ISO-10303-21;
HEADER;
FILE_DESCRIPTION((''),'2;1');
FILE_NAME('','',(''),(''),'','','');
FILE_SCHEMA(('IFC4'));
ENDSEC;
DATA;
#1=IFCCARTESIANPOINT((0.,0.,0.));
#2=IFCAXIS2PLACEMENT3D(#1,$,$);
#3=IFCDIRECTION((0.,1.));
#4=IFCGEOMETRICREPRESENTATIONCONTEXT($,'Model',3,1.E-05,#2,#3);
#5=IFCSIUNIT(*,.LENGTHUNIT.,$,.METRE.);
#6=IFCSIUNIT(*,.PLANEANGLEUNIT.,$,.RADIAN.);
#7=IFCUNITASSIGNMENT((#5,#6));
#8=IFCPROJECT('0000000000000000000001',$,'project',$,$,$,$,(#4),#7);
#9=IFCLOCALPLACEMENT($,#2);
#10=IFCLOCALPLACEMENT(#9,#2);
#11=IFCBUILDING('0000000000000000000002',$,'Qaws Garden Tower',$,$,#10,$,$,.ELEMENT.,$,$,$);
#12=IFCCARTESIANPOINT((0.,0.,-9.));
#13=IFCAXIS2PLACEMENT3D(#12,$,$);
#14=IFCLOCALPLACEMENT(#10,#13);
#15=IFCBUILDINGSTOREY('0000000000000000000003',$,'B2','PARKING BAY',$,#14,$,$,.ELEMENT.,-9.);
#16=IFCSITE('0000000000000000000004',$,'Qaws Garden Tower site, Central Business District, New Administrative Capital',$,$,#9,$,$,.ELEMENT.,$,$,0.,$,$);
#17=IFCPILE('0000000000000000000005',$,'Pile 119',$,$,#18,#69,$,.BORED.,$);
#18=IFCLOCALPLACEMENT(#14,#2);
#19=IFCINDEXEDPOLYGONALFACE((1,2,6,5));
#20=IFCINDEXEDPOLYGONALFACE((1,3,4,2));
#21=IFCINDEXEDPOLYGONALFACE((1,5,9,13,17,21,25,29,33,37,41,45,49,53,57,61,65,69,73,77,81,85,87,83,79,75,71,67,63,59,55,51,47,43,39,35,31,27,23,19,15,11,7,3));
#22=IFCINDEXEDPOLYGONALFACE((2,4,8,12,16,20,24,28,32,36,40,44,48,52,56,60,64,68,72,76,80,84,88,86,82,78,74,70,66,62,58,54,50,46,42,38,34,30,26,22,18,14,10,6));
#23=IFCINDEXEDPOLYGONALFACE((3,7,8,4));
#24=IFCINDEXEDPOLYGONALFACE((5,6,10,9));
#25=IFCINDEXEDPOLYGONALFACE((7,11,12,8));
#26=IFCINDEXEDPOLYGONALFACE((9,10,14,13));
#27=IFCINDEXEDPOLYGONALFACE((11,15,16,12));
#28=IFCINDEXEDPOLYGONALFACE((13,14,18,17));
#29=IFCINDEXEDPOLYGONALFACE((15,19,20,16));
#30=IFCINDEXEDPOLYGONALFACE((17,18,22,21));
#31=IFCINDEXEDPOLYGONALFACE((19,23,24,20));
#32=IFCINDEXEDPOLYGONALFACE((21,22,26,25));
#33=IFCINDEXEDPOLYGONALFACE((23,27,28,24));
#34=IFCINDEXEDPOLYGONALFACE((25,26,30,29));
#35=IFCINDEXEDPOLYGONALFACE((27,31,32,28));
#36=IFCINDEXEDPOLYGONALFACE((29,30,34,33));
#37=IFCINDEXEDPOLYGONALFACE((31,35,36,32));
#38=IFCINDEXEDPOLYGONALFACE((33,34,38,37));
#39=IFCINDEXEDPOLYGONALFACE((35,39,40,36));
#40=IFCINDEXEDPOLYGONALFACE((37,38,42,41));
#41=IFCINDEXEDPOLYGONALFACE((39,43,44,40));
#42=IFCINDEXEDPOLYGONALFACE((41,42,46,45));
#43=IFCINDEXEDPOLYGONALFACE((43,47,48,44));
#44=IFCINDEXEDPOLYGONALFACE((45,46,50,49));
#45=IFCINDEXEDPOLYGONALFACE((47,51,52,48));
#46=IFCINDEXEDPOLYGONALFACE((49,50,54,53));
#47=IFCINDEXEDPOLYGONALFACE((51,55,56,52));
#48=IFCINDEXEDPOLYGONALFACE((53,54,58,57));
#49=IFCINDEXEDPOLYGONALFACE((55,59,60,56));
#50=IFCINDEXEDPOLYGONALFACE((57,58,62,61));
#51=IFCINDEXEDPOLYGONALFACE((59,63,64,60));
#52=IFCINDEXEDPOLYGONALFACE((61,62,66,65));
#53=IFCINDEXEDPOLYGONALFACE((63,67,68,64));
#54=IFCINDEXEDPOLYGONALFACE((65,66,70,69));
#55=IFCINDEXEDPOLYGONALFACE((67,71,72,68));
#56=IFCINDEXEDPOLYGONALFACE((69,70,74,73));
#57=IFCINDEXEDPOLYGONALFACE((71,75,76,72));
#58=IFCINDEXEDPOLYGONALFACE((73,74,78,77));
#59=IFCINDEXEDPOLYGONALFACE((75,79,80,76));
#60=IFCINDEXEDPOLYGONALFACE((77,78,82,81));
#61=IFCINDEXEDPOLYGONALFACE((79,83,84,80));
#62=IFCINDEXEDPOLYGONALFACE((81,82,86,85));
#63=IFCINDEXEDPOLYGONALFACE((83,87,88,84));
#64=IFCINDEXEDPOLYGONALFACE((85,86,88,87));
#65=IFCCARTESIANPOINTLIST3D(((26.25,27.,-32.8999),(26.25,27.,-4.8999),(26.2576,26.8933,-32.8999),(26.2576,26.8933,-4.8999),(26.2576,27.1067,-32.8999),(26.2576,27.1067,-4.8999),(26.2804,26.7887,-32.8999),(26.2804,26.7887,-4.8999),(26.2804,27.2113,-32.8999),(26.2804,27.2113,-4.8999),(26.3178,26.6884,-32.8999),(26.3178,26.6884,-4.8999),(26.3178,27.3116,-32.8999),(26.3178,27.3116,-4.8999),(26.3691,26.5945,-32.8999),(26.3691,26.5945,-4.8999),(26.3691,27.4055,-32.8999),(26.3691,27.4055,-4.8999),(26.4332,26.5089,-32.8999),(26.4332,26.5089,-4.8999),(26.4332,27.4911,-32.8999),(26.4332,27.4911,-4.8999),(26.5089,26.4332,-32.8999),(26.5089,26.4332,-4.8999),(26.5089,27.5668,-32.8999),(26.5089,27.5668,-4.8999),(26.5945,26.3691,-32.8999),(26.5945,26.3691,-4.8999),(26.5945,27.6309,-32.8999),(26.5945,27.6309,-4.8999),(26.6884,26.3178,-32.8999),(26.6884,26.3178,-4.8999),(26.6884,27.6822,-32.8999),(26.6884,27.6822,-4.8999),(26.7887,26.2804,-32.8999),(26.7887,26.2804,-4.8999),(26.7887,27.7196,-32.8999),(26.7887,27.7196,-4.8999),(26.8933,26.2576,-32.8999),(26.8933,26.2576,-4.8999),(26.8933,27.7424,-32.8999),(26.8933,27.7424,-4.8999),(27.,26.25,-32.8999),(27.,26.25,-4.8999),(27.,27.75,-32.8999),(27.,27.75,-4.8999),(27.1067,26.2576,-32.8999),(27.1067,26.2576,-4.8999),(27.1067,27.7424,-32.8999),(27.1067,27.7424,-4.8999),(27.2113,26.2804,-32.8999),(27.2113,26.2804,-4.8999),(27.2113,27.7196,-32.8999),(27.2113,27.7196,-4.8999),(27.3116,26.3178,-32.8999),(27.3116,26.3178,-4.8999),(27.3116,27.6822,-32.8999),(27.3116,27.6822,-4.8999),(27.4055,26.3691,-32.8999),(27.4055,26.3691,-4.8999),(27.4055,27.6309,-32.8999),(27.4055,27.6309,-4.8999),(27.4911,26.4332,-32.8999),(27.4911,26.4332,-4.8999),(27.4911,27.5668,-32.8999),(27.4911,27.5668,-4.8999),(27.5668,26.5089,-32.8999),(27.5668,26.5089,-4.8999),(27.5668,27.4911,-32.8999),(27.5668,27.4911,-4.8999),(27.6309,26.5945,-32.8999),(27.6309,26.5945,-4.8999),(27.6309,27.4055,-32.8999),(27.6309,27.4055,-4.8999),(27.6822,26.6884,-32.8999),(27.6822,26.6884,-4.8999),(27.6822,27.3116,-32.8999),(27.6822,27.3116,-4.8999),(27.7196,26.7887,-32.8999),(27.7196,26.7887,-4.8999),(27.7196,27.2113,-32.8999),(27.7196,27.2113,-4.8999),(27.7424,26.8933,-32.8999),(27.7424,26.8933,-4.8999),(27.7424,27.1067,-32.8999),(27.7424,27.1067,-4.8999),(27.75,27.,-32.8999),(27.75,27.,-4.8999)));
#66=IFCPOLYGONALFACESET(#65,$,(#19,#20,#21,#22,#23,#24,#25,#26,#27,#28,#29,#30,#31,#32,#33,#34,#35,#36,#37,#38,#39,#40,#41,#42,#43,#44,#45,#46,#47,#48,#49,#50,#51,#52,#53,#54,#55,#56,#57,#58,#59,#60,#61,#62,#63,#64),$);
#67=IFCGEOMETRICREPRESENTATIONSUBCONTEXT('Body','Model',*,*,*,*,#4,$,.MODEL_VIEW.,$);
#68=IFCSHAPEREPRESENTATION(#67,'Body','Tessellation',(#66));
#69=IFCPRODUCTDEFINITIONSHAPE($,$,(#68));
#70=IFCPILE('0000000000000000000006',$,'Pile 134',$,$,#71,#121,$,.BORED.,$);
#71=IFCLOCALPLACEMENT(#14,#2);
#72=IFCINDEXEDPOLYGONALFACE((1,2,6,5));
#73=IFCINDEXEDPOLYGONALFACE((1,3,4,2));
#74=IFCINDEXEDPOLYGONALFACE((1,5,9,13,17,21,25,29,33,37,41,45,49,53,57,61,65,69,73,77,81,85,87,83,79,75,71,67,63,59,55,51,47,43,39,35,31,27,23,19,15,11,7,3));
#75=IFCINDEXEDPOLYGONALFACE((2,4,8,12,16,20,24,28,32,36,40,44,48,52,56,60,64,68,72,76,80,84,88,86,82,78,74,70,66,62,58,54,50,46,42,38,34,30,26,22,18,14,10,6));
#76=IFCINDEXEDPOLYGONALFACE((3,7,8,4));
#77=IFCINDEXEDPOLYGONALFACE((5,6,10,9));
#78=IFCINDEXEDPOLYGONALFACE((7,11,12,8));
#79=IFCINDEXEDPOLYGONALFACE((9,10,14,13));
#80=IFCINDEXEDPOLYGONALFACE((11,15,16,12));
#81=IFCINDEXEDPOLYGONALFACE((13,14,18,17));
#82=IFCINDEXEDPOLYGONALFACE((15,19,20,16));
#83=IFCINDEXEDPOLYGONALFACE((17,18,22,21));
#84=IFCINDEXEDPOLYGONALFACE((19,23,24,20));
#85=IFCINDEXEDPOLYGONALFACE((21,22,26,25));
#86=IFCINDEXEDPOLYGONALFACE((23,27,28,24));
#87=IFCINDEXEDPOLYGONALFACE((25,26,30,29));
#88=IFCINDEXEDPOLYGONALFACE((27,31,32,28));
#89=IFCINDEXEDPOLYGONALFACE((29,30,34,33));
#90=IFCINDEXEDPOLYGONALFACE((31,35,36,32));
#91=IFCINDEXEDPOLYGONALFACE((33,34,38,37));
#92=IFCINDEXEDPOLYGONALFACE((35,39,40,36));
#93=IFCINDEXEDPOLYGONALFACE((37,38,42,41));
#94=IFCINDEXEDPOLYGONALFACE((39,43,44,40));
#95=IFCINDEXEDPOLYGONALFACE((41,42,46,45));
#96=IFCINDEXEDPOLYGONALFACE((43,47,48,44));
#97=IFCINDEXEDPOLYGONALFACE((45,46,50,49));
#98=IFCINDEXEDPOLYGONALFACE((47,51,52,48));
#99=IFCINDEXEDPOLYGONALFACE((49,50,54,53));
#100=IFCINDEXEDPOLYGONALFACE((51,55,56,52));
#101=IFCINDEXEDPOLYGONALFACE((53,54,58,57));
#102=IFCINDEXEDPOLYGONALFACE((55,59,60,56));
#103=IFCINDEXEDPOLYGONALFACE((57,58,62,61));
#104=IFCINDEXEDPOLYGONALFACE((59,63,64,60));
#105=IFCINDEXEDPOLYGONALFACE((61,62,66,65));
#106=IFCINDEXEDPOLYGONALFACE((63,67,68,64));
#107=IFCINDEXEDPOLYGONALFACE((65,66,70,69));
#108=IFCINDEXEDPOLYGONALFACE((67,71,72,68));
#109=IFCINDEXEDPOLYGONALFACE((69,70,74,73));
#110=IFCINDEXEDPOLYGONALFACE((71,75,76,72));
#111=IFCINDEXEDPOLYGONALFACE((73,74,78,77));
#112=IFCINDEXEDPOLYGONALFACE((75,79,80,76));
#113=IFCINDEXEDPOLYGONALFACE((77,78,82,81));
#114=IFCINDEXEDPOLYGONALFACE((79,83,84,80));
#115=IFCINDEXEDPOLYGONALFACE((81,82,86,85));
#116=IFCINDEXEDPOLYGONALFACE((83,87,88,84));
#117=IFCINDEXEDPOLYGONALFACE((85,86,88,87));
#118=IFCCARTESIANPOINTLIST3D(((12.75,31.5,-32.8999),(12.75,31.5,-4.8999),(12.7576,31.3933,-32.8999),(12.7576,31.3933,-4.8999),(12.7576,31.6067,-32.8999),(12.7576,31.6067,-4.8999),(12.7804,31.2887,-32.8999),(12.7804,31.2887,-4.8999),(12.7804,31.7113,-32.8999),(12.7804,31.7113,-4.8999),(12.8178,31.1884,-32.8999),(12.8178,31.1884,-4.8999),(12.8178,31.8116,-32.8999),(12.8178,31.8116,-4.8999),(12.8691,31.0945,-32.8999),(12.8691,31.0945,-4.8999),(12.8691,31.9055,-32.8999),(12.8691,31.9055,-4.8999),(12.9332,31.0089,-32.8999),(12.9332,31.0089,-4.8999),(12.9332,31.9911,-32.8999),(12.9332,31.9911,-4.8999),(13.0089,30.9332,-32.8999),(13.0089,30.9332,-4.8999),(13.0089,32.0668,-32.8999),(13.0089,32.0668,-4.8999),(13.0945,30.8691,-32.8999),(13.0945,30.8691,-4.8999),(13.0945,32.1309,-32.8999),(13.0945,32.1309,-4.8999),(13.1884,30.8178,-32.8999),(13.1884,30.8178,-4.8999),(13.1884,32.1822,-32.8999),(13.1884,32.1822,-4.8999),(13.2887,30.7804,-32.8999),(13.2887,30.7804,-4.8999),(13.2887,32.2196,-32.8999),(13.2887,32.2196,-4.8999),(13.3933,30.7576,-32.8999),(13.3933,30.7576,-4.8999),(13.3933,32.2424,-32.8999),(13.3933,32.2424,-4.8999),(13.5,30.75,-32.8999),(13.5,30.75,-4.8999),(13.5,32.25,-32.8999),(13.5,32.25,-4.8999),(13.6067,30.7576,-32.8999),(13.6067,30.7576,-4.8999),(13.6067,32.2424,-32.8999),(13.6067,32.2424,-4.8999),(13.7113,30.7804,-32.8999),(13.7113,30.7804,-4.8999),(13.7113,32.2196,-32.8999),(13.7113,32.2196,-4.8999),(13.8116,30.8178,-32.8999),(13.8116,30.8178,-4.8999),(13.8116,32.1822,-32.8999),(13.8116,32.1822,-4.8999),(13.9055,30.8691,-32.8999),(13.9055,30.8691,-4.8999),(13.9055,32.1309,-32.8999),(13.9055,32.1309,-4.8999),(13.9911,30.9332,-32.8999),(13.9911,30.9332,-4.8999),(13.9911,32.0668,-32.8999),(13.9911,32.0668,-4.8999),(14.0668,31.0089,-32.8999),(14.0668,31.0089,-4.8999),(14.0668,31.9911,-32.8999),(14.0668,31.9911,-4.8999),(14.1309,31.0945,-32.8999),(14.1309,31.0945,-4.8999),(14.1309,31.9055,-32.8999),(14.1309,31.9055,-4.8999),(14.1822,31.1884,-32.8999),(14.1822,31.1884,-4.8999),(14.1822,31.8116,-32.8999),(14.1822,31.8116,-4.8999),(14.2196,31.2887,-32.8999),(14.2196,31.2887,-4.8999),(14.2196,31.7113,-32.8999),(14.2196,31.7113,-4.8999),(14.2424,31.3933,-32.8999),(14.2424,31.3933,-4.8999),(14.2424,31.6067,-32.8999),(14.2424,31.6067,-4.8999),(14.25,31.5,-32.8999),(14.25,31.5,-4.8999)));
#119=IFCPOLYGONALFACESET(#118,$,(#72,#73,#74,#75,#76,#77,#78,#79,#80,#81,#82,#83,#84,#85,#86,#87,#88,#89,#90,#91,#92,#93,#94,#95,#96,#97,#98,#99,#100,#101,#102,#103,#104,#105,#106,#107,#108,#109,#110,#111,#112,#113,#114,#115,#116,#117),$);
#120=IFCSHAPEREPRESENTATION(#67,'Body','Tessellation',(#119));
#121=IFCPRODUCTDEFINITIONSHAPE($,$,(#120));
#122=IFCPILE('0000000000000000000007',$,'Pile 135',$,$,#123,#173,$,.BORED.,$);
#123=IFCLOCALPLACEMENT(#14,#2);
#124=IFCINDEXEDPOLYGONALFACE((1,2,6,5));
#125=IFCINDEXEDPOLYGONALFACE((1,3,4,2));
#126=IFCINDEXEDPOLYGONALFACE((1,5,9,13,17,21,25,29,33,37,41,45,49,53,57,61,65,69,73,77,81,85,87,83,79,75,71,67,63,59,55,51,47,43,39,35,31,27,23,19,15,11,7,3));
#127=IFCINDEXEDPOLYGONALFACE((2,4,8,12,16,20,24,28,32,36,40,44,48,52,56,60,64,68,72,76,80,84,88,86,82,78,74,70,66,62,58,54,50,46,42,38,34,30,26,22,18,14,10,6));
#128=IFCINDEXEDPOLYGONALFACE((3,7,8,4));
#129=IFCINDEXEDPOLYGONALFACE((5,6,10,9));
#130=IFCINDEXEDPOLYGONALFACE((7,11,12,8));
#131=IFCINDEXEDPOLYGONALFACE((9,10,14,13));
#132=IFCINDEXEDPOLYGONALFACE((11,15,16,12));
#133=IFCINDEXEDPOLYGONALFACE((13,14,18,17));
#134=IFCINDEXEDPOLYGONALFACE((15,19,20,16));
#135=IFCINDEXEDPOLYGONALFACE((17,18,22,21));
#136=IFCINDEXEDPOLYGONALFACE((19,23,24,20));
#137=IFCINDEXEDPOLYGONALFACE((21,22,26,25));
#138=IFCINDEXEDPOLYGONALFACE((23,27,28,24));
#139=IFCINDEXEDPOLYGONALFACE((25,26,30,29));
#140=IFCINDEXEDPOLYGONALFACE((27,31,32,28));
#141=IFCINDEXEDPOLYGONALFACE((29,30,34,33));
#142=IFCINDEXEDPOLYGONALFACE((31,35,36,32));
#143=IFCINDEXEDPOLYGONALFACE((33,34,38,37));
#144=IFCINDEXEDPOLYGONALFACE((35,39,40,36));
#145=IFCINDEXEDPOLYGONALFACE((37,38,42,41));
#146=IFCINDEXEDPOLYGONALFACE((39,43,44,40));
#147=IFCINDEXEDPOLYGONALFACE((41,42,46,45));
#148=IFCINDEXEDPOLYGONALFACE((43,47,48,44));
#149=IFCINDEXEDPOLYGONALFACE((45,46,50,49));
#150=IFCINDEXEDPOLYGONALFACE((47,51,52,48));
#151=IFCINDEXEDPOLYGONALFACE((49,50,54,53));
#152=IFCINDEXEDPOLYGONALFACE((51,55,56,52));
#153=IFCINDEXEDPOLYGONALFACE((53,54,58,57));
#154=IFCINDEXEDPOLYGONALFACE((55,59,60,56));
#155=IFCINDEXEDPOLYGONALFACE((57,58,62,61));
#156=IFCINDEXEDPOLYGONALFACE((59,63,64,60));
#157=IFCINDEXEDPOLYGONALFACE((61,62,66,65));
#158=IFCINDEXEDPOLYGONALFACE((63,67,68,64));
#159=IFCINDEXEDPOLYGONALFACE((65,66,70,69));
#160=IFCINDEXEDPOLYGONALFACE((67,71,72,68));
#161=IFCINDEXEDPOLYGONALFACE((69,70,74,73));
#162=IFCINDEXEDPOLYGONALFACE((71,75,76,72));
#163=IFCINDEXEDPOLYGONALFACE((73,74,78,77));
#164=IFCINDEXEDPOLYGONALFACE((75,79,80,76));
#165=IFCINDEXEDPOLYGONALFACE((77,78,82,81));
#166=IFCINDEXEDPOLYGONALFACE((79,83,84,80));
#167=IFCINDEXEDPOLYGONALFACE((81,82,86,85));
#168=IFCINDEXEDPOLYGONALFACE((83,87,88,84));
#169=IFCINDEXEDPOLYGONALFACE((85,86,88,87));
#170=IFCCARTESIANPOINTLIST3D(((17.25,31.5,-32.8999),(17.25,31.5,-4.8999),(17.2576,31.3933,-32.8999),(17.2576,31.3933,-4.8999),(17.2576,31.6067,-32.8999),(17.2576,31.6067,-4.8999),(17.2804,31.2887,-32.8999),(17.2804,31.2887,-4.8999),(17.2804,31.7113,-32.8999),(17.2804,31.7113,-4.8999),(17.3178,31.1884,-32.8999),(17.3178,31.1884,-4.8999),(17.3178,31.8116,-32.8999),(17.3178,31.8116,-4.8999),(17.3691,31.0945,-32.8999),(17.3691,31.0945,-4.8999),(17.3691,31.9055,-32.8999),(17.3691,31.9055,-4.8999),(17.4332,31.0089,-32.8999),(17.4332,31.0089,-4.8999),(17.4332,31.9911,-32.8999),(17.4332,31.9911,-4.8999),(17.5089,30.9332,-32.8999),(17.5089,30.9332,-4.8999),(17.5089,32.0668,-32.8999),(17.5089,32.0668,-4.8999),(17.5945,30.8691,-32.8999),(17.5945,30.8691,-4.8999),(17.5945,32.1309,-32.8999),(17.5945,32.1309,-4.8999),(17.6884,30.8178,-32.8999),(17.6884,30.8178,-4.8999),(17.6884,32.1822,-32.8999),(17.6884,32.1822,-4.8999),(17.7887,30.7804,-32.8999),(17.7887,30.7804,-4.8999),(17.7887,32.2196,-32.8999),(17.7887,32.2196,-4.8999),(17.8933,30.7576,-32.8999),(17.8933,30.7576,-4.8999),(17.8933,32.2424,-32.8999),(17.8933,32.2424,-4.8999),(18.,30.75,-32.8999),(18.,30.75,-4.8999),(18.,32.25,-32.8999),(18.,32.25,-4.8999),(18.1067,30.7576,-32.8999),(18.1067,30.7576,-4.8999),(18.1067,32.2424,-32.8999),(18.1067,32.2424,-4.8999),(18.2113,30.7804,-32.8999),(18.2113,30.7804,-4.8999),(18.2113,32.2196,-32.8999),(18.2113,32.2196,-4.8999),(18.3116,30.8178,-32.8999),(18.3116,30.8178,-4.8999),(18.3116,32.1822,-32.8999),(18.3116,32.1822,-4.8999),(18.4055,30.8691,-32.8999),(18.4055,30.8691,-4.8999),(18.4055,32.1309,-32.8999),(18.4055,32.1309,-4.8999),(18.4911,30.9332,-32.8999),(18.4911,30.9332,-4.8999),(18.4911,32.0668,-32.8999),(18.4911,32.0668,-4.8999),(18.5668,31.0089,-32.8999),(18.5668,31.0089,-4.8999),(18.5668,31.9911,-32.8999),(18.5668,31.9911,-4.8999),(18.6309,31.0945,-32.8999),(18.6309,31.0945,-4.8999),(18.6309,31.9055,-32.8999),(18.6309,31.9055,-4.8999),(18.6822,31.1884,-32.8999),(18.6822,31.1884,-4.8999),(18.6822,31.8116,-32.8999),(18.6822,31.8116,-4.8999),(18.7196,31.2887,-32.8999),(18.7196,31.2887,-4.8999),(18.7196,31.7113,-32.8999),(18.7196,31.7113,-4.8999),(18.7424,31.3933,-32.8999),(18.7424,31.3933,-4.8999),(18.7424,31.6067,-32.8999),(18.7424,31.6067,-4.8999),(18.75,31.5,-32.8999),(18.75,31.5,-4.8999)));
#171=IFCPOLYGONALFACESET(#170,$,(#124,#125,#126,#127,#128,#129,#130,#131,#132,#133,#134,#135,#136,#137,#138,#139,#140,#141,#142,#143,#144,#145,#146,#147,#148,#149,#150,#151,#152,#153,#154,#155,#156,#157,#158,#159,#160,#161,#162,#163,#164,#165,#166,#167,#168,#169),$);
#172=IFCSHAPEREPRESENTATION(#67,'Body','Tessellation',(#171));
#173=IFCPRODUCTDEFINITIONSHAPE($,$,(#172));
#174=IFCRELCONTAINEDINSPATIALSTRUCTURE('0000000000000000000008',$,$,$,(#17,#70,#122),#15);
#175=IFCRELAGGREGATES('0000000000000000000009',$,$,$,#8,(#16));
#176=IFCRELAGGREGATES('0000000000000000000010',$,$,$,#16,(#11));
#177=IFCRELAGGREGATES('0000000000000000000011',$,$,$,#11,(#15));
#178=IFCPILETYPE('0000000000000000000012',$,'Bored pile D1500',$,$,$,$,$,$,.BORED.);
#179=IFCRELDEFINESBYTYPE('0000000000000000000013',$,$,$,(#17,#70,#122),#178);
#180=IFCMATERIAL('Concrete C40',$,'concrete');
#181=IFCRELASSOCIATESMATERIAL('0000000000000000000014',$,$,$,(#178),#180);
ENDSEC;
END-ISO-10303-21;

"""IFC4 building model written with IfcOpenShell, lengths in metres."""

from ifc_helpers import new_model, si_unit, direction, frame, origin, origin_2d, place, context, subcontext, project, spatial, circle, extrude, material, material_profile, profile_set, type_object, element, save


model = new_model("IFC4")

# Units and contexts
model_context = context("Model", 3, precision=1e-05, world=origin(), true_north=direction((0.0, 1.0)))
body_context = subcontext(model_context, "Body", "Model", "MODEL_VIEW")
ifc_project = project(units=[si_unit("LENGTHUNIT", "METRE"), si_unit("PLANEANGLEUNIT", "RADIAN")], contexts=[model_context])

# Site, building, storey
site_placement = place(None, origin())
site = spatial("IfcSite", under=ifc_project, at=site_placement, Name="Qaws Garden Tower site, Central Business District, New Administrative Capital", CompositionType="ELEMENT", RefElevation=0.0)
building_placement = place(site_placement, origin())
building = spatial("IfcBuilding", under=site, at=building_placement, Name="Qaws Garden Tower", CompositionType="ELEMENT")
storey_placement = place(building_placement, frame((0.0, 0.0, -9.0)))
storey = spatial("IfcBuildingStorey", under=building, at=storey_placement, Name="B2", Description="PARKING BAY", CompositionType="ELEMENT", Elevation=-9.0)

# Piles
ifc_material_1 = material(Name="Concrete C40", Category="concrete")
ifc_material_profile_1 = material_profile(ifc_material_1, circle(Radius=0.75, at=origin_2d()), Name="Bored pile D1500")
ifc_profile_set_1 = profile_set([ifc_material_profile_1], Name="Concrete C40")
pile_type = type_object("IfcPileType", Name="Bored pile D1500", PredefinedType="BORED", material=ifc_profile_set_1)
for number, where, z_axis, x_axis, name in (
    (1, (27.0, 27.0, -4.8999), (0.0, 0.0, -1.0), (1.0, 0.0, 0.0), "Pile 119"),
    (2, (13.5, 31.5, -4.8999), (0.0, 0.0, -1.0), (1.0, 0.0, 0.0), "Pile 134"),
    (3, (18.0, 31.5, -4.8999), (0.0, 0.0, -1.0), (1.0, 0.0, 0.0), "Pile 135"),
):
    element("IfcPile", number, at=place(storey_placement, frame(where, z_axis=z_axis, x_axis=x_axis)), inside=storey, type_object=pile_type, Name=name, PredefinedType="BORED", context=body_context, shape_type="SweptSolid", body=[
        extrude(circle(Radius=0.75, at=origin_2d()), origin(), (0.0, 0.0, 1.0), 28.0),
    ])

save(model, "model.ifc")
